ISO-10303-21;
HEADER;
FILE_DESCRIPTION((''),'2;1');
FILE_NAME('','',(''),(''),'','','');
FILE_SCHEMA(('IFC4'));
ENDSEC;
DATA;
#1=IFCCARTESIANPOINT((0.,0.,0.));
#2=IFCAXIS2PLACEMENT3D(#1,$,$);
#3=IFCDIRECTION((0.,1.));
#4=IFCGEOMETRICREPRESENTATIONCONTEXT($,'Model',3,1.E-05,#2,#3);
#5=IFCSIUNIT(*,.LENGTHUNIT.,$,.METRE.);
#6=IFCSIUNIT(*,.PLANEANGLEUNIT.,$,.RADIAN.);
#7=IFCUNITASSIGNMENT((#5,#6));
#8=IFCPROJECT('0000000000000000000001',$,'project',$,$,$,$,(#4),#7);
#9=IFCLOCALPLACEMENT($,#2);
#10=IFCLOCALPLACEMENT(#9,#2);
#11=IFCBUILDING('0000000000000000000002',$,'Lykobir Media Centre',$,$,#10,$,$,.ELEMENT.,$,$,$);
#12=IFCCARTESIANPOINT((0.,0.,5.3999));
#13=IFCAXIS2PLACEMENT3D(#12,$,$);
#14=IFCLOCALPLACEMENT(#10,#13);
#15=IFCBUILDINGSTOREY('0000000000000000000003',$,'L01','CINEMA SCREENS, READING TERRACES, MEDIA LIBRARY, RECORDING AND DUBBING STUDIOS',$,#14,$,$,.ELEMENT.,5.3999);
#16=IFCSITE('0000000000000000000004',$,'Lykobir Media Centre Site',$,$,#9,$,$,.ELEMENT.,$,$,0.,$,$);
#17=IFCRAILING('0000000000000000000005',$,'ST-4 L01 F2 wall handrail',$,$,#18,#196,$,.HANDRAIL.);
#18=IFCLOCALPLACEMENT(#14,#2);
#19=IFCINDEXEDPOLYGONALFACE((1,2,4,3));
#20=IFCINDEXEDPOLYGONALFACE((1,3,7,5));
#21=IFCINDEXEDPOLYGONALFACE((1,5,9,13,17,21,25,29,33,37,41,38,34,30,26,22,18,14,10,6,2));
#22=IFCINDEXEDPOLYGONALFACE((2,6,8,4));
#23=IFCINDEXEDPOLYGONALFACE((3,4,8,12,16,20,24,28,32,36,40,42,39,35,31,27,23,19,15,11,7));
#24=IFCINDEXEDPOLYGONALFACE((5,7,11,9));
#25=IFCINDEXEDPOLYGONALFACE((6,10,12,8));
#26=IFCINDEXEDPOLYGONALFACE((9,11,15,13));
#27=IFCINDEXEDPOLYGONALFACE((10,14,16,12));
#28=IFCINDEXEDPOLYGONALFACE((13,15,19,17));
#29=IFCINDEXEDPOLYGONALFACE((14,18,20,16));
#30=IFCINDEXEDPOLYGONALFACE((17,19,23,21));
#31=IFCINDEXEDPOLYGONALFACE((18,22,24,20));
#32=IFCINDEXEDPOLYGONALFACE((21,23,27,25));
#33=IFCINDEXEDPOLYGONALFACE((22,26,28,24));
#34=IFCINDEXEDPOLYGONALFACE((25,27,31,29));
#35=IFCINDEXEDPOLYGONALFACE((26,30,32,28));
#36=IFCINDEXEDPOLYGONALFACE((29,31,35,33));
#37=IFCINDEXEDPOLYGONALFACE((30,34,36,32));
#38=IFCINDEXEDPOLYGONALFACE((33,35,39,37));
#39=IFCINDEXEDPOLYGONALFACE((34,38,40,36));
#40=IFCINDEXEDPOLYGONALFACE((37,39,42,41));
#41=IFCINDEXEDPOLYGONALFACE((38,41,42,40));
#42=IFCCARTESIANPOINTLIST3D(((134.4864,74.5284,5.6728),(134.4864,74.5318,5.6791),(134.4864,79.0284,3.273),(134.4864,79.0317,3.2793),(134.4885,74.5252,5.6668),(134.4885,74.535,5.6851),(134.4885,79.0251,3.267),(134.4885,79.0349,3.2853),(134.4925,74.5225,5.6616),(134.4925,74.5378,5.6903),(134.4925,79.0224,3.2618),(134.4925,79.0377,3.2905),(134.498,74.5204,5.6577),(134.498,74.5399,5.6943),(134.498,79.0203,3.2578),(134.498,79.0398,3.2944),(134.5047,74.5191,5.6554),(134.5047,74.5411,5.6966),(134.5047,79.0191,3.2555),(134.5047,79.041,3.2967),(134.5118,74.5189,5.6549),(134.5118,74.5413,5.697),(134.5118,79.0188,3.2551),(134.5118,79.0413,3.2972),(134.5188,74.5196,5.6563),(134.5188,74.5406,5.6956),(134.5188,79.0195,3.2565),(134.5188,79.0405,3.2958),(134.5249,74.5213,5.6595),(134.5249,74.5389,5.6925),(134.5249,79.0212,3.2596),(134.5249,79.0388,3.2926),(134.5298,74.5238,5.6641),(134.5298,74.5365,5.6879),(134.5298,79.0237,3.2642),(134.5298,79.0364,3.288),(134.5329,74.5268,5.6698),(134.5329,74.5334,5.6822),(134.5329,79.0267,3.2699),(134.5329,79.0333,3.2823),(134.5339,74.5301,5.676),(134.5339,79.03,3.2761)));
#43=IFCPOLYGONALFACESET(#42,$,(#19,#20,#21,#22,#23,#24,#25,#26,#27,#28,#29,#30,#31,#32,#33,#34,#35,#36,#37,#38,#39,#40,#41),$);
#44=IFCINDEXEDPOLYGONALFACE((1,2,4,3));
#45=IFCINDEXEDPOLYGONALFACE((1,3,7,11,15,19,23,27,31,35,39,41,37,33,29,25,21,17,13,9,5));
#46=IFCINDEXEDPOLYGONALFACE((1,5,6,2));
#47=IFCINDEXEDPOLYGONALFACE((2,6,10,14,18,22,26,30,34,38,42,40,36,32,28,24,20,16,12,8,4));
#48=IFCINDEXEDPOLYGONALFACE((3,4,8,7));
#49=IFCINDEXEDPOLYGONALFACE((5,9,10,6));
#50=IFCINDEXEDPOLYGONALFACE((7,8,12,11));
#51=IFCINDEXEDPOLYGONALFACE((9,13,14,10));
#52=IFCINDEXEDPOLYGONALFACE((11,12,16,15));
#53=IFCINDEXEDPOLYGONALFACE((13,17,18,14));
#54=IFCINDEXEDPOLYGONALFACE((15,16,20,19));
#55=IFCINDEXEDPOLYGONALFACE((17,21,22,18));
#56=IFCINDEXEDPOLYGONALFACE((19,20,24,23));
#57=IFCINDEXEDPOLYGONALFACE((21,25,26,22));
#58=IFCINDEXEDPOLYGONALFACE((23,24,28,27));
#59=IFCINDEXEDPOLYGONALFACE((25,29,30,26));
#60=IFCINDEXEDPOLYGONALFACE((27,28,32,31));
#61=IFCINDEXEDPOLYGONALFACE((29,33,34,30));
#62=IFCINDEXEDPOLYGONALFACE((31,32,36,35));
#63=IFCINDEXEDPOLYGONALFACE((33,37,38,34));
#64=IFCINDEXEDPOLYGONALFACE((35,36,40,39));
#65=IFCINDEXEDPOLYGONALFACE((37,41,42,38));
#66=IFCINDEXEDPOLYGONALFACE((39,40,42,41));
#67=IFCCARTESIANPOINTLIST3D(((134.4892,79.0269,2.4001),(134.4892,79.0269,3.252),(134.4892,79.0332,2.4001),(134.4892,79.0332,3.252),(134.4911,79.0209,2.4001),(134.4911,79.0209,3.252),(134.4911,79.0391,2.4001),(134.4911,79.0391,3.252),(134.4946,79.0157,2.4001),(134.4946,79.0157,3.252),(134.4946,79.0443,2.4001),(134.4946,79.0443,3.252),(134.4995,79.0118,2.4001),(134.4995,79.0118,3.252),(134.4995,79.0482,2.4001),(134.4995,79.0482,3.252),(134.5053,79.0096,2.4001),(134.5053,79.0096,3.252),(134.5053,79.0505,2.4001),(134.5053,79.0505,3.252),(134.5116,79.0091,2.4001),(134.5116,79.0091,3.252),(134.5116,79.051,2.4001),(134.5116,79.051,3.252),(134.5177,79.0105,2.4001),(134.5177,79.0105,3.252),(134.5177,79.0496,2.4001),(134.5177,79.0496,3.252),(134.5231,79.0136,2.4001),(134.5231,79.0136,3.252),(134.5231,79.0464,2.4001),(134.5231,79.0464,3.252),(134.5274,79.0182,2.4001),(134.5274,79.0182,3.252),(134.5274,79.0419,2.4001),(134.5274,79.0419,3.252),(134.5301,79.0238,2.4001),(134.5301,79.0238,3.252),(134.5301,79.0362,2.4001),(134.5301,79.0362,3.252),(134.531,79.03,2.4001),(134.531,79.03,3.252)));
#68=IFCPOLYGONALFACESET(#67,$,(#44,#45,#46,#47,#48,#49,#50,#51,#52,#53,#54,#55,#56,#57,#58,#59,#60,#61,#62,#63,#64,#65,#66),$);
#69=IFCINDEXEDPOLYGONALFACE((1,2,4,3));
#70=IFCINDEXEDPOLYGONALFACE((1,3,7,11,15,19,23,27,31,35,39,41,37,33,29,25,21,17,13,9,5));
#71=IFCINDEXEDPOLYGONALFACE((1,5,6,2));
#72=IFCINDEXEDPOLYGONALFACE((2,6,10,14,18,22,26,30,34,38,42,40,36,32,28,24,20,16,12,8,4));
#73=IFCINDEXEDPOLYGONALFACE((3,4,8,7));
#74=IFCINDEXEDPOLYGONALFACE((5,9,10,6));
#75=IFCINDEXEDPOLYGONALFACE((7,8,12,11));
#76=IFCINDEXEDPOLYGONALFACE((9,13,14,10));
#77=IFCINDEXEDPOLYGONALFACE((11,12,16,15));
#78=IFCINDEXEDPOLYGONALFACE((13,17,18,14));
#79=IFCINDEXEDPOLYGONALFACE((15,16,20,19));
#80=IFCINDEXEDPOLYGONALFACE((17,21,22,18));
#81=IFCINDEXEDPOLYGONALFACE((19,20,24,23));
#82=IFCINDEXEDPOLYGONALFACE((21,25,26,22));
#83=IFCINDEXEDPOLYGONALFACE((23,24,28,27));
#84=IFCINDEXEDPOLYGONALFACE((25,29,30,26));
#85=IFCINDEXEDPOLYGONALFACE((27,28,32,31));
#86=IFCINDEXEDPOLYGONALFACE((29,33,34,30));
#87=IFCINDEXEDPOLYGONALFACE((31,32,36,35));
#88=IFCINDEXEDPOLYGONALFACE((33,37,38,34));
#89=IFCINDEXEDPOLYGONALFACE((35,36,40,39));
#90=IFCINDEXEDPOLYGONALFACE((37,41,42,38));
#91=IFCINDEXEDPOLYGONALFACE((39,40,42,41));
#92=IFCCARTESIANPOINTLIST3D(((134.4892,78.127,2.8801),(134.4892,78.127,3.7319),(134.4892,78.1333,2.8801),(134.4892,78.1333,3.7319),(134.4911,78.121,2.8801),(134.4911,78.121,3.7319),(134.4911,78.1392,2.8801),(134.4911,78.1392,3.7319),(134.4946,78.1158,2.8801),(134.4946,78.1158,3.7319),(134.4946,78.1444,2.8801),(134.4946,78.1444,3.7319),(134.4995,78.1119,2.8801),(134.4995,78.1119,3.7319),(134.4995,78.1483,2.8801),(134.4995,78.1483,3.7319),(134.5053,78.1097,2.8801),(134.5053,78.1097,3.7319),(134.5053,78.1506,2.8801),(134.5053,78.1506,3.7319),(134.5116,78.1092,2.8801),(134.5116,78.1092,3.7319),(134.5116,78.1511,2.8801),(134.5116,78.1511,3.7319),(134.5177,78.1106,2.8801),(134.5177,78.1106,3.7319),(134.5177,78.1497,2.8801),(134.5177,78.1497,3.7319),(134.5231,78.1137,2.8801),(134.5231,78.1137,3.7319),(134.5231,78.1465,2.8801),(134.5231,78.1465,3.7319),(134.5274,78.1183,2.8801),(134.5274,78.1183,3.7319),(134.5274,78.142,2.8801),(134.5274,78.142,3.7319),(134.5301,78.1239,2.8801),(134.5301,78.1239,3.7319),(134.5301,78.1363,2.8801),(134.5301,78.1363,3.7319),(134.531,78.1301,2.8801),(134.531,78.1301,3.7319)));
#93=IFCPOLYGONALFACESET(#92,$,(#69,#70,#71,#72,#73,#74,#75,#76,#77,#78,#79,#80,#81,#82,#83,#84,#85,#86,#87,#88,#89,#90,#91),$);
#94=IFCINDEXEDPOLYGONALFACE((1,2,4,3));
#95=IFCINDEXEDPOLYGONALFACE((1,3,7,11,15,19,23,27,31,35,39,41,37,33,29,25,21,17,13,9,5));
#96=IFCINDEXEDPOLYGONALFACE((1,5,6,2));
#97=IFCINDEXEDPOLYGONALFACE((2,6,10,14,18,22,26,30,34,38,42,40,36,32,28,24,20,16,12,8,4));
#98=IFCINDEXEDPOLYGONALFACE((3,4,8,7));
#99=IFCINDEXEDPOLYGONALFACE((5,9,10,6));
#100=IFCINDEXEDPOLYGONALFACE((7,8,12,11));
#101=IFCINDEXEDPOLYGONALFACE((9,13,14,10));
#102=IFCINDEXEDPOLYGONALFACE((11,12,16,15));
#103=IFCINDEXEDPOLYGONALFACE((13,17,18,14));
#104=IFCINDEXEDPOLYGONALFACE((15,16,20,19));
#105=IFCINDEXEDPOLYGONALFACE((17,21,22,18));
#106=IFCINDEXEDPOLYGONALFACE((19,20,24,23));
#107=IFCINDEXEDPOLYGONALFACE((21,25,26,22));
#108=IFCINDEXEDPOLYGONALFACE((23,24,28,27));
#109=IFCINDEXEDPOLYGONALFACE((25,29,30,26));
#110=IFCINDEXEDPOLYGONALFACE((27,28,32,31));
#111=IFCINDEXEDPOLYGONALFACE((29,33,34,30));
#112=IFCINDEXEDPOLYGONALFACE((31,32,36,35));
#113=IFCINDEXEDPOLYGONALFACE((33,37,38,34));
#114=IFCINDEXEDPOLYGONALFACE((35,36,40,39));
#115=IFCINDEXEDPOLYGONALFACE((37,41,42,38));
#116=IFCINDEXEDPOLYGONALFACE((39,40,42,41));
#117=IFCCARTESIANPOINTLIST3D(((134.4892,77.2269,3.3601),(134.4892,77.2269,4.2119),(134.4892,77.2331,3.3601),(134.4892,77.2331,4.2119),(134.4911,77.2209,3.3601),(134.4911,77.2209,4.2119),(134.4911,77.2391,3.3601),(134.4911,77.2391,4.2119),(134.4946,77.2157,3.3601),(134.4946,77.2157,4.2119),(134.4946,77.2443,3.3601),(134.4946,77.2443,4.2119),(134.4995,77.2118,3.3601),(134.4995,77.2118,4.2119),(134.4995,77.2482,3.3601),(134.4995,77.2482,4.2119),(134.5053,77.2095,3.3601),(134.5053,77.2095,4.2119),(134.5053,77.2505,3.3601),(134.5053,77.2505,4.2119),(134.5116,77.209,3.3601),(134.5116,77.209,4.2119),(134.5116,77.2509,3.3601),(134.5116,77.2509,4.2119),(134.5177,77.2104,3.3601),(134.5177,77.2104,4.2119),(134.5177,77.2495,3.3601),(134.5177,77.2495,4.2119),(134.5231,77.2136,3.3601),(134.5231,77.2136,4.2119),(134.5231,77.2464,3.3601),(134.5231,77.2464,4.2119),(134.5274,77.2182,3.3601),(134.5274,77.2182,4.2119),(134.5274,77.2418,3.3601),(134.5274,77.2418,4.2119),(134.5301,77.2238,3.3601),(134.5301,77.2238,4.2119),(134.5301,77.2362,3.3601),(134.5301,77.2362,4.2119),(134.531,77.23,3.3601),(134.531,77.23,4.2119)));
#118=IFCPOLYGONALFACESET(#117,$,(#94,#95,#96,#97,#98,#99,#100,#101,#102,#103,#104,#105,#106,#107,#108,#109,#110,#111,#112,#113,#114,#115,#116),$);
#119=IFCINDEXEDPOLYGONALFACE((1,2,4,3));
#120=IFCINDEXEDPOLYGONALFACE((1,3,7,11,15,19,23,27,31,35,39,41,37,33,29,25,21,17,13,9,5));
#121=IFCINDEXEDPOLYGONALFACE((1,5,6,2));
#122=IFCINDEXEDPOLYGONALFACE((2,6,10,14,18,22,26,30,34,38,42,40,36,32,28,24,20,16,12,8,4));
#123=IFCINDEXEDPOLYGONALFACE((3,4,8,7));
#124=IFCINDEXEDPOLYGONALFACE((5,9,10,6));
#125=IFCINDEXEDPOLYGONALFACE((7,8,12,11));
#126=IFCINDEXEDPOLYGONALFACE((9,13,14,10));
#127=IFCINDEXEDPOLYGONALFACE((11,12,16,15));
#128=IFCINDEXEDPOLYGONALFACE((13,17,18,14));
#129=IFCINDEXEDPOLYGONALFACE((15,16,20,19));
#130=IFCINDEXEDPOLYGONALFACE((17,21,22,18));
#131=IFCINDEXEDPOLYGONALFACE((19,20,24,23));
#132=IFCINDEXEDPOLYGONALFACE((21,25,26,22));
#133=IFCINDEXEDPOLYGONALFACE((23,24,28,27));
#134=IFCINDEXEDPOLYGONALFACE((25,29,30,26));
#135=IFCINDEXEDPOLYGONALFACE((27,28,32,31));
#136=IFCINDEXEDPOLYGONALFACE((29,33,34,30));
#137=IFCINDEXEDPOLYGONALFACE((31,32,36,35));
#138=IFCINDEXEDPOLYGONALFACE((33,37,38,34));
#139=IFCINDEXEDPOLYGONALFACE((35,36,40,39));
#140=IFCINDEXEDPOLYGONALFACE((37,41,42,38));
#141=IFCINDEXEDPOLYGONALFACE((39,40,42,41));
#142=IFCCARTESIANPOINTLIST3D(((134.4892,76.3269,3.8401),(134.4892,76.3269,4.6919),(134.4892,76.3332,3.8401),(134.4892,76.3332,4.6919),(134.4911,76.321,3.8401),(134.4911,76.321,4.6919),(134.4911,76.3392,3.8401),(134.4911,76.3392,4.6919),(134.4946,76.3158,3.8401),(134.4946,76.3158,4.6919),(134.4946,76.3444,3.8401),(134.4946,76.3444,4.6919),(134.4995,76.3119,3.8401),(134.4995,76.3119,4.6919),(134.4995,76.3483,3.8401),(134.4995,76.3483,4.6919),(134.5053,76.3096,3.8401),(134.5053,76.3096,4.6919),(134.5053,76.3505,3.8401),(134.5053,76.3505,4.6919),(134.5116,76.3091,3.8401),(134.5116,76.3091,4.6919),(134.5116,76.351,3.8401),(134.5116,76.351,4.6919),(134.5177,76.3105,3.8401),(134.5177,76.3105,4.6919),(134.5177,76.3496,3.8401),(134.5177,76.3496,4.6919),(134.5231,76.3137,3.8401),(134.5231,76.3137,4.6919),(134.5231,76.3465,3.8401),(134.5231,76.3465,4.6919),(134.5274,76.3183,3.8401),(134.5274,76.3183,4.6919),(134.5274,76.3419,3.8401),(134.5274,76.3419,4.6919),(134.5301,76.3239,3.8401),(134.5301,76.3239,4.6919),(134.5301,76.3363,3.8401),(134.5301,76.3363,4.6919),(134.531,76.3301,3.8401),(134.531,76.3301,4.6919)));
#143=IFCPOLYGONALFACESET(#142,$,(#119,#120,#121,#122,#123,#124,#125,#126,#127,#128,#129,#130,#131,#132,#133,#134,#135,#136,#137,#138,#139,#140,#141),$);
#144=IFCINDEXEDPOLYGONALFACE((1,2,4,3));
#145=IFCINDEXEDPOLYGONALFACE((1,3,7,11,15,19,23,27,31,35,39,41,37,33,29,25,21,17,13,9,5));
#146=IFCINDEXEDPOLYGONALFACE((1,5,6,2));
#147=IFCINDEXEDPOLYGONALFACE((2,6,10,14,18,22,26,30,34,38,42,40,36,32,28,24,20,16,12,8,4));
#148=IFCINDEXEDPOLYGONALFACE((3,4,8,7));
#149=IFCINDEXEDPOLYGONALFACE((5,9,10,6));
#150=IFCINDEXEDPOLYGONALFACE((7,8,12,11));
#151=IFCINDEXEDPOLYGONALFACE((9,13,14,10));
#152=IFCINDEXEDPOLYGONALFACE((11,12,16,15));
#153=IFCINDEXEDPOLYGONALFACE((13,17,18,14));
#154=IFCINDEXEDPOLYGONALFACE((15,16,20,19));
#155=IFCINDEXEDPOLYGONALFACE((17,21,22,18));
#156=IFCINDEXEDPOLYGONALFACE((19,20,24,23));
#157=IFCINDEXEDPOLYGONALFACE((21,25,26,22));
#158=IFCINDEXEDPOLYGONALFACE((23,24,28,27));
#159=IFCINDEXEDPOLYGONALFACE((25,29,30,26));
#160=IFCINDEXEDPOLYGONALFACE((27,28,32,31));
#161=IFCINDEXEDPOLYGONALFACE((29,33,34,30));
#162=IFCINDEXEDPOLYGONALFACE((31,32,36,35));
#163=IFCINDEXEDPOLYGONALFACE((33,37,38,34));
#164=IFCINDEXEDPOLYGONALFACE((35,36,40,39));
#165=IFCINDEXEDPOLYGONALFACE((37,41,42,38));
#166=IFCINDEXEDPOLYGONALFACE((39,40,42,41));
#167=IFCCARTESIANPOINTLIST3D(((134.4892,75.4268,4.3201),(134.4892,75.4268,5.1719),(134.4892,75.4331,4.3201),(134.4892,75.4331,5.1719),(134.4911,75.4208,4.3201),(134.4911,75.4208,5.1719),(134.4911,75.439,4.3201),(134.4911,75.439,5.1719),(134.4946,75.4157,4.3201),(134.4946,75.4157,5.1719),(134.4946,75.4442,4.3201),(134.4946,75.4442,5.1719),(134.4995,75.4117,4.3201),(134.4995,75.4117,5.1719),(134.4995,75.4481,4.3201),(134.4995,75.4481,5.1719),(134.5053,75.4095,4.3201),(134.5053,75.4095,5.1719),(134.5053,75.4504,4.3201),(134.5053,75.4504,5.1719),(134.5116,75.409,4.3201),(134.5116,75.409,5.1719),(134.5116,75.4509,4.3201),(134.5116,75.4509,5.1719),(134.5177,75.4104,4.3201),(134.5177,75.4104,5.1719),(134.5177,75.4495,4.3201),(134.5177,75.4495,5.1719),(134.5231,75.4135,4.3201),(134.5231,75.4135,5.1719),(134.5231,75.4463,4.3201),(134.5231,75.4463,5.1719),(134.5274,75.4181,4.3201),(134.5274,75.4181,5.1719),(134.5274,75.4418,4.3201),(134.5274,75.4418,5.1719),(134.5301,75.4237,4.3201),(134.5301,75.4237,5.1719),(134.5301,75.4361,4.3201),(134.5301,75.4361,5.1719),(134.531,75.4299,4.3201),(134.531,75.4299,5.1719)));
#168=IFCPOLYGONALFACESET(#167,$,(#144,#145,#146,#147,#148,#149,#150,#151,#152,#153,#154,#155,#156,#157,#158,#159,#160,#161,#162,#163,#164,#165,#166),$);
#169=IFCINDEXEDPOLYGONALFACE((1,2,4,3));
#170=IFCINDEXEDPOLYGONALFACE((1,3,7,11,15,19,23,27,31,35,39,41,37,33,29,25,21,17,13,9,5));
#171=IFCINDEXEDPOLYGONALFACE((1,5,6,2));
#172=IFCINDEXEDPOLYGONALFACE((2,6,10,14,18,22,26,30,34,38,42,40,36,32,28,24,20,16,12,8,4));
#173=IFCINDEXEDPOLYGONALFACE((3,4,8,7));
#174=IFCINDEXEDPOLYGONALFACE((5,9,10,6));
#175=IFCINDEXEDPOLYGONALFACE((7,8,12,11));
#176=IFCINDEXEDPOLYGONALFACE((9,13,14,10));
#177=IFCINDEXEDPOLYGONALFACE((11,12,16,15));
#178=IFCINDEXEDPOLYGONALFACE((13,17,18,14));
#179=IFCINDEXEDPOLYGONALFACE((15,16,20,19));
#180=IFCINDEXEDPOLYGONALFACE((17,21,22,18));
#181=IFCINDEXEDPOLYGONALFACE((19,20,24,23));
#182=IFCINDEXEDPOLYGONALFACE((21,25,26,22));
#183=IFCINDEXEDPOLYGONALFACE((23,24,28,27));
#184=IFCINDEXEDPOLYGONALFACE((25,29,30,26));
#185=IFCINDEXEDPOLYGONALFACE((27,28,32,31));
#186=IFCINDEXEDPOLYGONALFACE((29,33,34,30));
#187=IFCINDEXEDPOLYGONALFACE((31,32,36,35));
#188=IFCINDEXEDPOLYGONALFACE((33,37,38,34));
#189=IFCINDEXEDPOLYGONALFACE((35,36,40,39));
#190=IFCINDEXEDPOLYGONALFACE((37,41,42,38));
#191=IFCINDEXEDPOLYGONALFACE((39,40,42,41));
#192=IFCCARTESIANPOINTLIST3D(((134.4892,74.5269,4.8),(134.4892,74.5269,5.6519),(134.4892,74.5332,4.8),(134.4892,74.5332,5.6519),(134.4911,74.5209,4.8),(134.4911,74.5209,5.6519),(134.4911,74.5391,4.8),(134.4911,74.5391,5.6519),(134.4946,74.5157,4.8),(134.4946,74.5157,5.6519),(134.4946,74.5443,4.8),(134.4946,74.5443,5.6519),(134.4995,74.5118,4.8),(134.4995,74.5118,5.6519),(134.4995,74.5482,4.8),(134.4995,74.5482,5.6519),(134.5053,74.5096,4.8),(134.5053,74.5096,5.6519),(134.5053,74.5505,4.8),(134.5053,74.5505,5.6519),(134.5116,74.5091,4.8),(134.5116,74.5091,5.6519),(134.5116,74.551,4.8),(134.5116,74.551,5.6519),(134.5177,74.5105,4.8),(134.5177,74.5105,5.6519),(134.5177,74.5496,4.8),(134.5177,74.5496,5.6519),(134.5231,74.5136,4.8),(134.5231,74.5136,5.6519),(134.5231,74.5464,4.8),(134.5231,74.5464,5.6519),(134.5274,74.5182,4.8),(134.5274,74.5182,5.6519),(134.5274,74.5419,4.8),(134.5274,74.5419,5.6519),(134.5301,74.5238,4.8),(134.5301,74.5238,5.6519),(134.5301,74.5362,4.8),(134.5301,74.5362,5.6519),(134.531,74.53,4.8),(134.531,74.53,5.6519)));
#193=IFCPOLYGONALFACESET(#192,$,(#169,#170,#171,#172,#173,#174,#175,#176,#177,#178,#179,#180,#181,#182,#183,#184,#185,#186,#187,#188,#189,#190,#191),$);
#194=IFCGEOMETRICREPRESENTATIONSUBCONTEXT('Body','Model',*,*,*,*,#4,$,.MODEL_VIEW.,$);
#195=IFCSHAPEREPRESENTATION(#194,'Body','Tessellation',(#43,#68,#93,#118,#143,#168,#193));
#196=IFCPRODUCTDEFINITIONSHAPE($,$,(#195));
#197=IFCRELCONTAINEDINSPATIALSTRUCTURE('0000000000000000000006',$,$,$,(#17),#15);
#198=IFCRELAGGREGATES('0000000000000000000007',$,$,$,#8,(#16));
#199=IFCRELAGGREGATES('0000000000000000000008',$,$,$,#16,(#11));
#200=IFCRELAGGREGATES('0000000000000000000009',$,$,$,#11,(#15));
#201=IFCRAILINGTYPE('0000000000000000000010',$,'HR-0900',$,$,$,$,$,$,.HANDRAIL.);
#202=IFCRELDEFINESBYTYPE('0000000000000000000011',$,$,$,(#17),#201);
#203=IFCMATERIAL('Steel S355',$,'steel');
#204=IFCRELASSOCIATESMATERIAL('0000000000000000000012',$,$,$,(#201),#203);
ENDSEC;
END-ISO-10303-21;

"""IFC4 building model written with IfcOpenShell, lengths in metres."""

from ifc_helpers import new_model, si_unit, direction, frame, origin, origin_2d, place, context, subcontext, project, spatial, circle, extrude, material, type_object, element, save


model = new_model("IFC4")

# Units and contexts
model_context = context("Model", 3, precision=1e-05, world=origin(), true_north=direction((0.0, 1.0)))
body_context = subcontext(model_context, "Body", "Model", "MODEL_VIEW")
ifc_project = project(units=[si_unit("LENGTHUNIT", "METRE"), si_unit("PLANEANGLEUNIT", "RADIAN")], contexts=[model_context])

# Site, building, storey
site_placement = place(None, origin())
site = spatial("IfcSite", under=ifc_project, at=site_placement, Name="Lykobir Media Centre Site", CompositionType="ELEMENT", RefElevation=0.0)
building_placement = place(site_placement, origin())
building = spatial("IfcBuilding", under=site, at=building_placement, Name="Lykobir Media Centre", CompositionType="ELEMENT")
storey_placement = place(building_placement, frame((0.0, 0.0, 5.3999)))
storey = spatial("IfcBuildingStorey", under=building, at=storey_placement, Name="L01", Description="CINEMA SCREENS, READING TERRACES, MEDIA LIBRARY, RECORDING AND DUBBING STUDIOS", CompositionType="ELEMENT", Elevation=5.3999)

# Shared definitions
ifc_material_1 = material(Name="Steel S355", Category="steel")

# Railing
railing_type_1 = type_object("IfcRailingType", Name="HR-0900", PredefinedType="HANDRAIL", material=ifc_material_1)
railing_1_placement = place(storey_placement, frame((134.51, 79.03, 2.4001)))
element("IfcRailing", 1, at=railing_1_placement, inside=storey, type_object=railing_type_1, Name="ST-4 L01 F2 wall handrail", PredefinedType="HANDRAIL", context=body_context, shape_type="SweptSolid", body=[
    extrude(circle(Radius=0.0239, at=origin_2d()), frame((0.0, 0.0, 0.876), z_axis=(0.0, -0.882361, 0.470573), x_axis=(1.0, 0.0, 0.0)), (0.0, 0.0, 1.0), 5.0999),
    extrude(circle(Radius=0.021, at=origin_2d()), origin(), (0.0, 0.0, 1.0), 0.8518),
    extrude(circle(Radius=0.021, at=origin_2d()), frame((0.0, -0.8999, 0.48)), (0.0, 0.0, 1.0), 0.8518),
    extrude(circle(Radius=0.021, at=origin_2d()), frame((0.0, -1.8, 0.96)), (0.0, 0.0, 1.0), 0.8518),
    extrude(circle(Radius=0.021, at=origin_2d()), frame((0.0, -2.7, 1.4399)), (0.0, 0.0, 1.0), 0.8518),
    extrude(circle(Radius=0.021, at=origin_2d()), frame((0.0, -3.6001, 1.9199)), (0.0, 0.0, 1.0), 0.8518),
    extrude(circle(Radius=0.021, at=origin_2d()), frame((0.0, -4.5, 2.3999)), (0.0, 0.0, 1.0), 0.8518),
])

save(model, "model.ifc")
